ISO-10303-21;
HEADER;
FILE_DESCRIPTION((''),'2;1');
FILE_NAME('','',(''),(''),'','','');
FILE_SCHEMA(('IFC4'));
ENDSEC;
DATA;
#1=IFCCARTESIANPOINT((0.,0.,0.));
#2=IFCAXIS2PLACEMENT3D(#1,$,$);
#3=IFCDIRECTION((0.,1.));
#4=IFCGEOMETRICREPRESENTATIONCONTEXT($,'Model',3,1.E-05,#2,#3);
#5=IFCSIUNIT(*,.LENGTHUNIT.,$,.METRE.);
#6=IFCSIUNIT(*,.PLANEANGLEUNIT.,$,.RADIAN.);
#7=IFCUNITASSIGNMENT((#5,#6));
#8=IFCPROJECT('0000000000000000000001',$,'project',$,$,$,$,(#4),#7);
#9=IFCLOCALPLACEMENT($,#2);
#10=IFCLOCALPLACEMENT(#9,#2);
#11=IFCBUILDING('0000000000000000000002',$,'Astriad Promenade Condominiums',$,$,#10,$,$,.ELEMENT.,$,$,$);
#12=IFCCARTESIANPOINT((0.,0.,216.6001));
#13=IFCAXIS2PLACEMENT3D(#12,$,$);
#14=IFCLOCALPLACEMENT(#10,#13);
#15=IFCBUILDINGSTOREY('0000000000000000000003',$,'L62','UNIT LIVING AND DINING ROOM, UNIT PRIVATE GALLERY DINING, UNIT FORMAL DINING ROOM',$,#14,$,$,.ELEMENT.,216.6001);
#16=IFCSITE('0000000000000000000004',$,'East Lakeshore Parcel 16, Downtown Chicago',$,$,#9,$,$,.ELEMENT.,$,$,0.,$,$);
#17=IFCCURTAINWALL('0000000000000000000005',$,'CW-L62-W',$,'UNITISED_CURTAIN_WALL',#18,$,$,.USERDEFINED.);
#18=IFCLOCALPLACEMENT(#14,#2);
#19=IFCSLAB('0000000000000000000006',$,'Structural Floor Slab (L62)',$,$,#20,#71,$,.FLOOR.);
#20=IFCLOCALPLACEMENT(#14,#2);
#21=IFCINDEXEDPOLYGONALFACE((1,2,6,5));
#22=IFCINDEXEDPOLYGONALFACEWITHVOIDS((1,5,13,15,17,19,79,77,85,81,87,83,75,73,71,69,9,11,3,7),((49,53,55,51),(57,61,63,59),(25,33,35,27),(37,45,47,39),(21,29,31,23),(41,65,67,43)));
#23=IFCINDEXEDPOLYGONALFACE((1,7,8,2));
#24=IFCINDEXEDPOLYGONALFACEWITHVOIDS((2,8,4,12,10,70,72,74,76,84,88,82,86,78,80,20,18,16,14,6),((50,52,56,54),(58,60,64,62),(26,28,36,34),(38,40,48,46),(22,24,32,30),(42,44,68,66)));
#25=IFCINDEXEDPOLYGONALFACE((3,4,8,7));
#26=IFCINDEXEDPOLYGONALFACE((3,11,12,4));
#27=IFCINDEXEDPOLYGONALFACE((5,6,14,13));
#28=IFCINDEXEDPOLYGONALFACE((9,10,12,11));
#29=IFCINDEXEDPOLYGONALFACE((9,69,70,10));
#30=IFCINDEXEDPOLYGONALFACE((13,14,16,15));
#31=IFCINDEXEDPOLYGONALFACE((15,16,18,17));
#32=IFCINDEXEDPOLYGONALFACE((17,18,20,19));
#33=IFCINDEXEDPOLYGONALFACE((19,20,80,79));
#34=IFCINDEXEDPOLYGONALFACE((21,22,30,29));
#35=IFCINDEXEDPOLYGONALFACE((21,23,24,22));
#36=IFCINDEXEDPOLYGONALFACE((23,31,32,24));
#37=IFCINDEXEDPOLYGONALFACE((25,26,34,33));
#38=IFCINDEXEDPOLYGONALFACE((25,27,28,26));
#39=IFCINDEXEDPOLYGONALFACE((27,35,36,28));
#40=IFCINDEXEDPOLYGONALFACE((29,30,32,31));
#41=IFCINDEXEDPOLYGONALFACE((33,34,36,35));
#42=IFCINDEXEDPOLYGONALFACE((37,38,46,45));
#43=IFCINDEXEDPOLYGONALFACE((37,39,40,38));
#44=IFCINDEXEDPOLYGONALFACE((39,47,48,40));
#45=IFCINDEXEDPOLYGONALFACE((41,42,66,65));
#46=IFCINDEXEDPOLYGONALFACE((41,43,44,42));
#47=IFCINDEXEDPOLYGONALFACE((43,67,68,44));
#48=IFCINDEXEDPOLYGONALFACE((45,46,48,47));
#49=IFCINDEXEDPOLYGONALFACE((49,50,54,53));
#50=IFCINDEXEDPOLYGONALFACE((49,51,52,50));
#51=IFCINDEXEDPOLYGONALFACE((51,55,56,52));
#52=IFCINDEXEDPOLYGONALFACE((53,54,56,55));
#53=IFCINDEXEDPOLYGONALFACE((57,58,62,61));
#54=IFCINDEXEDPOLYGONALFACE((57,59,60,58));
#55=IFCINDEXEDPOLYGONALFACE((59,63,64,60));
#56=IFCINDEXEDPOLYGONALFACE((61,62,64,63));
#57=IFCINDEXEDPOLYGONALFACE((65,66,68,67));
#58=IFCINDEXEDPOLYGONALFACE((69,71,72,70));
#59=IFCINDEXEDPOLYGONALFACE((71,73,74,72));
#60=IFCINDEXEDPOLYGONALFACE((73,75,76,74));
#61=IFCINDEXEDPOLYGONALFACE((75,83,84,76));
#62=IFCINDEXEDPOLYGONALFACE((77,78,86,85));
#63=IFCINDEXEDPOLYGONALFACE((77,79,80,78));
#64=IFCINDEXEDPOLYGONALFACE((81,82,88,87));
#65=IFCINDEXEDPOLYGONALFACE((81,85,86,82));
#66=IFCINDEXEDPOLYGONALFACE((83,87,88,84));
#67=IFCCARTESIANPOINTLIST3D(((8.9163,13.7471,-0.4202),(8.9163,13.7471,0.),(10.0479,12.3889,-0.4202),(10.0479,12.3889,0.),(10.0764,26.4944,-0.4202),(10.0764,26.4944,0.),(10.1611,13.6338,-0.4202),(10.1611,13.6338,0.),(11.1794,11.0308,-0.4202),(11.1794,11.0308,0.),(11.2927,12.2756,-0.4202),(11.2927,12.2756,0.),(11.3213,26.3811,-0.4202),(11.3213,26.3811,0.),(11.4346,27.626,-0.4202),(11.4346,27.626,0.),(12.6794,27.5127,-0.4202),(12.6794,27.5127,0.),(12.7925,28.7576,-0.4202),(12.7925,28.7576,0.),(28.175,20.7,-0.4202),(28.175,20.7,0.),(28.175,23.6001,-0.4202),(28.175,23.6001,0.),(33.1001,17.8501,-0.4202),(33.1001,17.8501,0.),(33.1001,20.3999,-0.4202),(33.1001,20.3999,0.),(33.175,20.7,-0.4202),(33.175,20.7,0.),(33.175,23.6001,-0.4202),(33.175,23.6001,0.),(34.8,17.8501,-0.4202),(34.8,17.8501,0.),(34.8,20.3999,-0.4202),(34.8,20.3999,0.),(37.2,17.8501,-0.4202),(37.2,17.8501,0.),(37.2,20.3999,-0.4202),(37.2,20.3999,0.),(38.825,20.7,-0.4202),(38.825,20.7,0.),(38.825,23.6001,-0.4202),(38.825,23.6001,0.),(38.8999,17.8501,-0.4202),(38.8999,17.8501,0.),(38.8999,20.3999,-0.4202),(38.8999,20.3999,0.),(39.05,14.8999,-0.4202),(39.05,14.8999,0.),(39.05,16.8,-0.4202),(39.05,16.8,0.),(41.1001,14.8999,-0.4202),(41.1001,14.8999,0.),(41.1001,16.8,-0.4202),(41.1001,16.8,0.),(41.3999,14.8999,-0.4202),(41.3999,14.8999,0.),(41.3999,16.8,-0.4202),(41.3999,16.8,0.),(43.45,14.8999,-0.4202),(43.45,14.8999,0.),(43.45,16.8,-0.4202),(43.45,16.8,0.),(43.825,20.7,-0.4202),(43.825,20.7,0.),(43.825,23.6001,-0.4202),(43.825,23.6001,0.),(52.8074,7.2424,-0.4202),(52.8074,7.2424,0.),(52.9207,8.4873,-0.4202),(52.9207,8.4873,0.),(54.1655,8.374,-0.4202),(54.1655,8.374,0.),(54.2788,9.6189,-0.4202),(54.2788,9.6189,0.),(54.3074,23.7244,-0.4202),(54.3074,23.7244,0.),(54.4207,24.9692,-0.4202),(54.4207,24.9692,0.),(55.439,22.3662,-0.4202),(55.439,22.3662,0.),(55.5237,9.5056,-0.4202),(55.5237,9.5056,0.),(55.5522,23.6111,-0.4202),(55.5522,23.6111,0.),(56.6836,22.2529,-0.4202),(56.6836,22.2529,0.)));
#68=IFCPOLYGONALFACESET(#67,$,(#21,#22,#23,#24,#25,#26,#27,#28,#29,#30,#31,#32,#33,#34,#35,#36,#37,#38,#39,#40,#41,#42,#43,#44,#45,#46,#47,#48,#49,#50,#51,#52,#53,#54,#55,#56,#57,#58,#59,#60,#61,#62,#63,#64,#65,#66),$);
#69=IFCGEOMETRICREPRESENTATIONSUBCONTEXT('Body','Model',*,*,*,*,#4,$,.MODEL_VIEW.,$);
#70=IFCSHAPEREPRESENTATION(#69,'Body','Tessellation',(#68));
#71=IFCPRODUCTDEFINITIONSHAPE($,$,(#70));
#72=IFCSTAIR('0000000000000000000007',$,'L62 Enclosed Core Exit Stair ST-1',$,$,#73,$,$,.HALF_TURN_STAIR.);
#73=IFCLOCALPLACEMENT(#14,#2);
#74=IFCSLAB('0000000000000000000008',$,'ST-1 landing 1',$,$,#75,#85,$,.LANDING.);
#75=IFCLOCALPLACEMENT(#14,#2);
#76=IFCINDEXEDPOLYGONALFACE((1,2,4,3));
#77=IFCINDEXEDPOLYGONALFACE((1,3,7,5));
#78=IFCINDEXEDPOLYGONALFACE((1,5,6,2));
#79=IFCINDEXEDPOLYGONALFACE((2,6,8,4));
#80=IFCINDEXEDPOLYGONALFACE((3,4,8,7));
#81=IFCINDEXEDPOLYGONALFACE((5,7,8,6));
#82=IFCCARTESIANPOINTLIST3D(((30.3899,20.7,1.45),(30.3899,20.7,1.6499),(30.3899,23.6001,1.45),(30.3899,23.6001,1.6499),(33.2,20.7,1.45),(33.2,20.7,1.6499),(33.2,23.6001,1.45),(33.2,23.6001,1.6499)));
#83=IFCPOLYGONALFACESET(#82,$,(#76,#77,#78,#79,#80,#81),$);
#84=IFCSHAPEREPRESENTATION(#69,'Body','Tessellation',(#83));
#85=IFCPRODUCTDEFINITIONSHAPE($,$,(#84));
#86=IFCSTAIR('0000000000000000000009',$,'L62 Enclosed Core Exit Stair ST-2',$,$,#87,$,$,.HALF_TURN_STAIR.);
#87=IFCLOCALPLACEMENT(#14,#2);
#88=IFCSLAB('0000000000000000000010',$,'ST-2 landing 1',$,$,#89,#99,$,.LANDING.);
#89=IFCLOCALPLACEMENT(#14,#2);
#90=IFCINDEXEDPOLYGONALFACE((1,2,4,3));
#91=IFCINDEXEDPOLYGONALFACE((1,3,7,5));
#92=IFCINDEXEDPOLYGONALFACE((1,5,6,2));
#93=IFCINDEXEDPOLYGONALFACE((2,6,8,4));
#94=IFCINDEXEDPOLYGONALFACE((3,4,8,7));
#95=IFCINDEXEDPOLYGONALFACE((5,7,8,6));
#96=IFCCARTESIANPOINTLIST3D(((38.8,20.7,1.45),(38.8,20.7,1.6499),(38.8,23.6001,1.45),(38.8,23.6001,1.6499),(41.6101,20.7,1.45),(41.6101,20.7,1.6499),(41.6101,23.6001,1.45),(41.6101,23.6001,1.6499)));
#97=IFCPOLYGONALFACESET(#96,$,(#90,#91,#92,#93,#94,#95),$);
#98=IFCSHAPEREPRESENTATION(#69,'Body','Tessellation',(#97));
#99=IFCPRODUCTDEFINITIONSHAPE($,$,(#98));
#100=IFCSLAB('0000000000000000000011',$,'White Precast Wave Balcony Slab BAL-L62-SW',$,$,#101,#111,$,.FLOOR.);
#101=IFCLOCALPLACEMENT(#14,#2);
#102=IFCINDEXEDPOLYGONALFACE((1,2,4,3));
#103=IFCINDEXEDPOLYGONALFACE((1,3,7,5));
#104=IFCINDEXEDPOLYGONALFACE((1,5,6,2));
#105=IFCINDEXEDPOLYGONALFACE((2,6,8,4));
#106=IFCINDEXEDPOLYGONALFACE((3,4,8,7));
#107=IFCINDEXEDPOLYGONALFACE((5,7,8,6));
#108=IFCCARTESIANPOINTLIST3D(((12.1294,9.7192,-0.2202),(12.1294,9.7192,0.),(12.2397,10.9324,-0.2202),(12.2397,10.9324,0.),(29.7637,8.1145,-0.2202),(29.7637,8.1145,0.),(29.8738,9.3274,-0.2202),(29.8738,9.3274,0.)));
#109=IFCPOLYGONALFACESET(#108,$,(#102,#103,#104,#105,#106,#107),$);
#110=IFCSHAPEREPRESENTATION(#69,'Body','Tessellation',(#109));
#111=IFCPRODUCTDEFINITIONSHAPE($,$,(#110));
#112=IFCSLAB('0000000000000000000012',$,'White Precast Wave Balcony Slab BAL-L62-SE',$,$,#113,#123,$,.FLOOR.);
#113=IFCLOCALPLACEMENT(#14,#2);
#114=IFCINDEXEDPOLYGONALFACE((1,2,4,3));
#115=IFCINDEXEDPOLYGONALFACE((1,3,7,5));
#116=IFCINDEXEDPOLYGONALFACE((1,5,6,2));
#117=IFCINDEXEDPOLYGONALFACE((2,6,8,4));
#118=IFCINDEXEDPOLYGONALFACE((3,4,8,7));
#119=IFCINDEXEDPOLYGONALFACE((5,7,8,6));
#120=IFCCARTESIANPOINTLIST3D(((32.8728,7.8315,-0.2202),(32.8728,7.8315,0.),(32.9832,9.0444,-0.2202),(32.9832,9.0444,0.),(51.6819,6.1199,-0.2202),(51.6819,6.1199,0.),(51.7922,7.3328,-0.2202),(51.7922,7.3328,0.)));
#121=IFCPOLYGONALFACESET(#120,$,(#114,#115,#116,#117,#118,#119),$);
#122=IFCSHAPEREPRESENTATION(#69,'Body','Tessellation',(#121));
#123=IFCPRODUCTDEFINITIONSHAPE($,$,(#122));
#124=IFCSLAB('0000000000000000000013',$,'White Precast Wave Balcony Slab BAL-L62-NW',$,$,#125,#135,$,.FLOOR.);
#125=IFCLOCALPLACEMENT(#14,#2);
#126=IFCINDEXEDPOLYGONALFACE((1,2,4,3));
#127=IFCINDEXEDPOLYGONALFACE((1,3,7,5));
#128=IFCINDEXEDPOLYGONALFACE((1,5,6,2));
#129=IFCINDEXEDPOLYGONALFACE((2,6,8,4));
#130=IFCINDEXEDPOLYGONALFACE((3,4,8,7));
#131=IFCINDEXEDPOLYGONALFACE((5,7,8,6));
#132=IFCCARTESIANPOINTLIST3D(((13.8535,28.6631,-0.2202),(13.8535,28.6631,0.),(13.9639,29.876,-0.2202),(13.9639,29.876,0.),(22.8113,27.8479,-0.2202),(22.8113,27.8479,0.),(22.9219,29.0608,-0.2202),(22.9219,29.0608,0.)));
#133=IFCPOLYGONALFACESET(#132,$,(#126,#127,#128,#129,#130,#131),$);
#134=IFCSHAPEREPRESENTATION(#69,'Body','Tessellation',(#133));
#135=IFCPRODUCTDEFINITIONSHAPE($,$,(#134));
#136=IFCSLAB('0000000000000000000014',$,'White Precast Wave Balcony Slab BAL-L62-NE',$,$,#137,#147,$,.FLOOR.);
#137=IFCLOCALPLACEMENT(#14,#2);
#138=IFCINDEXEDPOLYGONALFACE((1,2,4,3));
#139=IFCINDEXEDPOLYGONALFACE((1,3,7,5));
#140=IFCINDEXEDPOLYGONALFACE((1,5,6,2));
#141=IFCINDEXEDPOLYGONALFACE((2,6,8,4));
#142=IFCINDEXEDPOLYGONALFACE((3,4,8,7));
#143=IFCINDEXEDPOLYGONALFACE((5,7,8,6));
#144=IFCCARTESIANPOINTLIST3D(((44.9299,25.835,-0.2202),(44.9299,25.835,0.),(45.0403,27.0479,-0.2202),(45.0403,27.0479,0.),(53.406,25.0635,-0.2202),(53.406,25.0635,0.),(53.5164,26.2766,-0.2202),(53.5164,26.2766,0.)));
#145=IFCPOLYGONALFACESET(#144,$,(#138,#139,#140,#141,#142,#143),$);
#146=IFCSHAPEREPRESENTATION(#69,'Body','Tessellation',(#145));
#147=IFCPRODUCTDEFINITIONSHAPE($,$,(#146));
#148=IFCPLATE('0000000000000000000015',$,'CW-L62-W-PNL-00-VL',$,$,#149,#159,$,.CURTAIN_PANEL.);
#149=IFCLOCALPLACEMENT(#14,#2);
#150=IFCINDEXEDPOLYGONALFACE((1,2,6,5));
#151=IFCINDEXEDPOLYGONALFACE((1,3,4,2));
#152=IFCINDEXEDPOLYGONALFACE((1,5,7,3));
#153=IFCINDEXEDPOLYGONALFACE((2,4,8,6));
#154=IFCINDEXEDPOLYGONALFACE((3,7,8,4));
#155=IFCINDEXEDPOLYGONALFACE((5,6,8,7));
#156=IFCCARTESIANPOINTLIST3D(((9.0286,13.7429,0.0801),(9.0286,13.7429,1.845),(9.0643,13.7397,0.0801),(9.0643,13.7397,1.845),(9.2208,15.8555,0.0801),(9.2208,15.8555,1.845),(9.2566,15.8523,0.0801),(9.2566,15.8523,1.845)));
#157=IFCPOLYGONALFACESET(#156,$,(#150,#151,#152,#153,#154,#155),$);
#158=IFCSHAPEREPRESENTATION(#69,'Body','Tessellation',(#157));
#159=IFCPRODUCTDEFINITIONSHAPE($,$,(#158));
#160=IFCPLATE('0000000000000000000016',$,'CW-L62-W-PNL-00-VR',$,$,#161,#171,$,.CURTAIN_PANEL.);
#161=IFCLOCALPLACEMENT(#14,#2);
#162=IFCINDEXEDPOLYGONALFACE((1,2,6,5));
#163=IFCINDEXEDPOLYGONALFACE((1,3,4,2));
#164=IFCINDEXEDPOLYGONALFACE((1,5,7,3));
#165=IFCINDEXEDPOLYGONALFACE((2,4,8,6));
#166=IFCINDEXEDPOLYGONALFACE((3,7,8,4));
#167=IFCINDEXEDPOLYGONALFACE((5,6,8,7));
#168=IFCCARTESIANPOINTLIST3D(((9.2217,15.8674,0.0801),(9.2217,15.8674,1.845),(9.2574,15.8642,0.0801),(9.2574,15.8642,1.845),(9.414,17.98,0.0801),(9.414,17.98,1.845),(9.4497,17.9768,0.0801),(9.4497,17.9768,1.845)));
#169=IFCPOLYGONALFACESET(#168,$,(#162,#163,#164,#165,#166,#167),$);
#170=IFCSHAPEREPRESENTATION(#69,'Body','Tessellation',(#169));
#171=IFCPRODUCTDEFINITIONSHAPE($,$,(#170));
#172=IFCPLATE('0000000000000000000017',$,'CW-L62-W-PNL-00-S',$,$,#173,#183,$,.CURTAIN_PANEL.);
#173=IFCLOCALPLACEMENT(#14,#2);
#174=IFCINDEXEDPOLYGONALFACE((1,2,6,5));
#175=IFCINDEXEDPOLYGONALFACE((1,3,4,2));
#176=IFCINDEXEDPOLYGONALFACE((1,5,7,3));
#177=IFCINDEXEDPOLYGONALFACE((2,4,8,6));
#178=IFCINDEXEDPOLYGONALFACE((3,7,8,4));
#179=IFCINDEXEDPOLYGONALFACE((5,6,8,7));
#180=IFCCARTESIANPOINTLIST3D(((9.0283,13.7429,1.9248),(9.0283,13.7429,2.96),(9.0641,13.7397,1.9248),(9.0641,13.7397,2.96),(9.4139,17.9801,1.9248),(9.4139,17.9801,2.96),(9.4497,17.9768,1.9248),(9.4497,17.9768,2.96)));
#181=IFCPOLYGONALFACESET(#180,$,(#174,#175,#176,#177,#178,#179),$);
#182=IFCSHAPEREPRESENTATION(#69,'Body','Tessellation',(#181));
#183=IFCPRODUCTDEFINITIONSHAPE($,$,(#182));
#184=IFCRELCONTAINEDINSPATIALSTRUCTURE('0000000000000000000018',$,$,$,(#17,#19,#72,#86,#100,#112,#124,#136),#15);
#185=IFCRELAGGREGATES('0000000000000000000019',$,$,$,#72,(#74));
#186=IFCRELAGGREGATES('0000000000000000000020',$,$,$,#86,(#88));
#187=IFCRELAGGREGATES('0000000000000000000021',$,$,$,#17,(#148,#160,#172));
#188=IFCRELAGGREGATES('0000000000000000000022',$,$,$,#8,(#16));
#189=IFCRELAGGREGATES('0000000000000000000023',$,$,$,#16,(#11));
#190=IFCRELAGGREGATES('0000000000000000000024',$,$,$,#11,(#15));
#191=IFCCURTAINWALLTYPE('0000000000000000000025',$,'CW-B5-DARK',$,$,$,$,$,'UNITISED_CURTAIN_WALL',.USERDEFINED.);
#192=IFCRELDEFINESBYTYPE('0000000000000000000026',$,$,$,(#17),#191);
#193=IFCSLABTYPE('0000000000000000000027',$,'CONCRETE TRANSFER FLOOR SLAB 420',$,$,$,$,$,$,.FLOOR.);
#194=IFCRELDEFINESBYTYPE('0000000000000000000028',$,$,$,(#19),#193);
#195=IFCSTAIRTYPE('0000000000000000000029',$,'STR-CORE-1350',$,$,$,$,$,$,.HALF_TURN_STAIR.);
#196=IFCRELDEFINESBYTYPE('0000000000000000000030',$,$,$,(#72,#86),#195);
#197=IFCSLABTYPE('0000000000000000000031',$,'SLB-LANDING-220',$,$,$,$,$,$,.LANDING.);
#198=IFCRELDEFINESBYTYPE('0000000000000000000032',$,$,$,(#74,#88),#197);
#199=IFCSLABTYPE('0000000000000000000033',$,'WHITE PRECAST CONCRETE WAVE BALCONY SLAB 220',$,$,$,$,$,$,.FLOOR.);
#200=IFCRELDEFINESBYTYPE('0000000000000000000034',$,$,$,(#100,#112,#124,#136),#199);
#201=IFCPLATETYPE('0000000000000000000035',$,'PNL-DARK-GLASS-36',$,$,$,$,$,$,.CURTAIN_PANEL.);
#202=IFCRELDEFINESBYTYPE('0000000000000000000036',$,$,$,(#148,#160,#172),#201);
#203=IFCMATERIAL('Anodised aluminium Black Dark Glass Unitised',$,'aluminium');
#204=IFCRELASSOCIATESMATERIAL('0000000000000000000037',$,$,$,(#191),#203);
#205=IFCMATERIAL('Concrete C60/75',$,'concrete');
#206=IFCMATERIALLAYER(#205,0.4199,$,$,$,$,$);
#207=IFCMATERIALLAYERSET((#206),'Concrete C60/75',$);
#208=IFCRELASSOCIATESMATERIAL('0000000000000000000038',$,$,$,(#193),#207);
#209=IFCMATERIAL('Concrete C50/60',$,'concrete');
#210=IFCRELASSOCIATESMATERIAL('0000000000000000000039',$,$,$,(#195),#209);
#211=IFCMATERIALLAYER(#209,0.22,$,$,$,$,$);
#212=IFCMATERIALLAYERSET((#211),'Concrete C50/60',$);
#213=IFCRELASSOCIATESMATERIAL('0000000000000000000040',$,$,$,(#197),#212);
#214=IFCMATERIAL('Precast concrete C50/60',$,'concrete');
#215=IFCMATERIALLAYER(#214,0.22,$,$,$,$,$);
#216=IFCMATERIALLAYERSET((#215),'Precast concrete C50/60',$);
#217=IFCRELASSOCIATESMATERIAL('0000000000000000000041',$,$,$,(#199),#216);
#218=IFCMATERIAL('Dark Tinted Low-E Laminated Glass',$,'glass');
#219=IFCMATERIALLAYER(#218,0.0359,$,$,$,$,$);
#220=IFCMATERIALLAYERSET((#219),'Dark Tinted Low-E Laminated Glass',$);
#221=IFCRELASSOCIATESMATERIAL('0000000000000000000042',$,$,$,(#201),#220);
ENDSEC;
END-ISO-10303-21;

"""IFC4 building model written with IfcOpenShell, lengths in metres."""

from ifc_helpers import new_model, si_unit, direction, frame, origin, origin_2d, place, context, subcontext, project, spatial, polyline, rectangle, outline, extrude, source, transform, mapped, material, layer, layer_set, type_object, type_shapes, element, aggregate, save


model = new_model("IFC4")

# Units and contexts
model_context = context("Model", 3, precision=1e-05, world=origin(), true_north=direction((0.0, 1.0)))
body_context = subcontext(model_context, "Body", "Model", "MODEL_VIEW")
ifc_project = project(units=[si_unit("LENGTHUNIT", "METRE"), si_unit("PLANEANGLEUNIT", "RADIAN")], contexts=[model_context])

# Site, building, storey
site_placement = place(None, origin())
site = spatial("IfcSite", under=ifc_project, at=site_placement, Name="East Lakeshore Parcel 16, Downtown Chicago", CompositionType="ELEMENT", RefElevation=0.0)
building_placement = place(site_placement, origin())
building = spatial("IfcBuilding", under=site, at=building_placement, Name="Astriad Promenade Condominiums", CompositionType="ELEMENT")
storey_placement = place(building_placement, frame((0.0, 0.0, 216.6001)))
storey = spatial("IfcBuildingStorey", under=building, at=storey_placement, Name="L62", Description="UNIT LIVING AND DINING ROOM, UNIT PRIVATE GALLERY DINING, UNIT FORMAL DINING ROOM", CompositionType="ELEMENT", Elevation=216.6001)

# Shared definitions
ifc_material_1 = material(Name="Concrete C50/60", Category="concrete")

# Curtain wall
ifc_material_2 = material(Name="Anodised aluminium Black Dark Glass Unitised", Category="aluminium")
curtain_wall_type = type_object("IfcCurtainWallType", Name="CW-B5-DARK", ElementType="UNITISED_CURTAIN_WALL", PredefinedType="USERDEFINED", material=ifc_material_2)
curtain_wall_placement = place(storey_placement, origin())
curtain_wall = element("IfcCurtainWall", 1, at=curtain_wall_placement, inside=storey, type_object=curtain_wall_type, Name="CW-L62-W", ObjectType="UNITISED_CURTAIN_WALL", PredefinedType="USERDEFINED")

# Slab
ifc_material_3 = material(Name="Concrete C60/75", Category="concrete")
ifc_layer_1 = layer(ifc_material_3, 0.4199)
ifc_layer_set_1 = layer_set([ifc_layer_1], Name="Concrete C60/75")
slab_type_1 = type_object("IfcSlabType", Name="CONCRETE TRANSFER FLOOR SLAB 420", PredefinedType="FLOOR", material=ifc_layer_set_1)
slab_1_placement = place(storey_placement, frame((0.0, 0.0, -0.4202)))
element("IfcSlab", 2, at=slab_1_placement, inside=storey, type_object=slab_type_1, Name="Structural Floor Slab (L62)", PredefinedType="FLOOR", context=body_context, shape_type="SweptSolid", body=[
    extrude(outline(polyline([(11.1794, 11.0308), (52.8074, 7.2424), (52.9207, 8.4873), (54.1655, 8.374), (54.2788, 9.6189), (55.5237, 9.5056), (56.6836, 22.2529), (55.439, 22.3662), (55.5522, 23.6111), (54.3074, 23.7244), (54.4207, 24.9692), (12.7925, 28.7576), (12.6794, 27.5127), (11.4346, 27.626), (11.3213, 26.3811), (10.0764, 26.4944), (8.9163, 13.7471), (10.1611, 13.6338), (10.0479, 12.3889), (11.2927, 12.2756), (11.1794, 11.0308)]), holes=[polyline([(28.175, 20.7), (33.175, 20.7), (33.175, 23.6001), (28.175, 23.6001), (28.175, 20.7)]), polyline([(38.825, 20.7), (43.825, 20.7), (43.825, 23.6001), (38.825, 23.6001), (38.825, 20.7)]), polyline([(33.1001, 17.8501), (34.8, 17.8501), (34.8, 20.3999), (33.1001, 20.3999), (33.1001, 17.8501)]), polyline([(37.2, 17.8501), (38.8999, 17.8501), (38.8999, 20.3999), (37.2, 20.3999), (37.2, 17.8501)]), polyline([(39.05, 14.8999), (41.1001, 14.8999), (41.1001, 16.8), (39.05, 16.8), (39.05, 14.8999)]), polyline([(41.3999, 14.8999), (43.45, 14.8999), (43.45, 16.8), (41.3999, 16.8), (41.3999, 14.8999)])]), origin(), (0.0, 0.0, 1.0), 0.4202),
])

# Stairs, slabs
stair_type = type_object("IfcStairType", Name="STR-CORE-1350", PredefinedType="HALF_TURN_STAIR", material=ifc_material_1)
stair_1_placement = place(storey_placement, origin())
stair_1 = element("IfcStair", 3, at=stair_1_placement, inside=storey, type_object=stair_type, Name="L62 Enclosed Core Exit Stair ST-1", PredefinedType="HALF_TURN_STAIR")
ifc_layer_2 = layer(ifc_material_1, 0.22)
ifc_layer_set_2 = layer_set([ifc_layer_2], Name="Concrete C50/60")
slab_type_2 = type_object("IfcSlabType", Name="SLB-LANDING-220", PredefinedType="LANDING", material=ifc_layer_set_2)
slab_2_placement = place(storey_placement, frame((0.0, 0.0, 1.45)))
slab_2 = element("IfcSlab", 4, at=slab_2_placement, type_object=slab_type_2, Name="ST-1 landing 1", PredefinedType="LANDING", context=body_context, shape_type="SweptSolid", body=[
    extrude(outline(polyline([(30.3899, 20.7), (33.2, 20.7), (33.2, 23.6001), (30.3899, 23.6001), (30.3899, 20.7)])), origin(), (0.0, 0.0, 1.0), 0.2),
])
aggregate(stair_1, [slab_2])
stair_2_placement = place(storey_placement, origin())
stair_2 = element("IfcStair", 5, at=stair_2_placement, inside=storey, type_object=stair_type, Name="L62 Enclosed Core Exit Stair ST-2", PredefinedType="HALF_TURN_STAIR")
slab_3_placement = place(storey_placement, frame((0.0, 0.0, 1.45)))
slab_3 = element("IfcSlab", 6, at=slab_3_placement, type_object=slab_type_2, Name="ST-2 landing 1", PredefinedType="LANDING", context=body_context, shape_type="SweptSolid", body=[
    extrude(outline(polyline([(41.6101, 23.6001), (38.8, 23.6001), (38.8, 20.7), (41.6101, 20.7), (41.6101, 23.6001)])), origin(), (0.0, 0.0, 1.0), 0.2),
])
aggregate(stair_2, [slab_3])

# Slabs
ifc_material_4 = material(Name="Precast concrete C50/60", Category="concrete")
ifc_layer_3 = layer(ifc_material_4, 0.22)
ifc_layer_set_3 = layer_set([ifc_layer_3], Name="Precast concrete C50/60")
slab_type_3 = type_object("IfcSlabType", Name="WHITE PRECAST CONCRETE WAVE BALCONY SLAB 220", PredefinedType="FLOOR", material=ifc_layer_set_3)
slab_4_placement = place(storey_placement, frame((0.0, 0.0, -0.2202)))
element("IfcSlab", 7, at=slab_4_placement, inside=storey, type_object=slab_type_3, Name="White Precast Wave Balcony Slab BAL-L62-SW", PredefinedType="FLOOR", context=body_context, shape_type="SweptSolid", body=[
    extrude(outline(polyline([(29.7637, 8.1145), (12.1294, 9.7192), (12.2397, 10.9324), (29.8738, 9.3274), (29.7637, 8.1145)])), origin(), (0.0, 0.0, 1.0), 0.2202),
])
slab_5_placement = place(storey_placement, frame((0.0, 0.0, -0.2202)))
element("IfcSlab", 8, at=slab_5_placement, inside=storey, type_object=slab_type_3, Name="White Precast Wave Balcony Slab BAL-L62-SE", PredefinedType="FLOOR", context=body_context, shape_type="SweptSolid", body=[
    extrude(outline(polyline([(51.6819, 6.1199), (32.8728, 7.8315), (32.9832, 9.0444), (51.7922, 7.3328), (51.6819, 6.1199)])), origin(), (0.0, 0.0, 1.0), 0.2202),
])
slab_6_placement = place(storey_placement, frame((0.0, 0.0, -0.2202)))
element("IfcSlab", 9, at=slab_6_placement, inside=storey, type_object=slab_type_3, Name="White Precast Wave Balcony Slab BAL-L62-NW", PredefinedType="FLOOR", context=body_context, shape_type="SweptSolid", body=[
    extrude(outline(polyline([(13.9639, 29.876), (22.9219, 29.0608), (22.8113, 27.8479), (13.8535, 28.6631), (13.9639, 29.876)])), origin(), (0.0, 0.0, 1.0), 0.2202),
])
slab_7_placement = place(storey_placement, frame((0.0, 0.0, -0.2202)))
element("IfcSlab", 10, at=slab_7_placement, inside=storey, type_object=slab_type_3, Name="White Precast Wave Balcony Slab BAL-L62-NE", PredefinedType="FLOOR", context=body_context, shape_type="SweptSolid", body=[
    extrude(outline(polyline([(45.0403, 27.0479), (53.5164, 26.2766), (53.406, 25.0635), (44.9299, 25.835), (45.0403, 27.0479)])), origin(), (0.0, 0.0, 1.0), 0.2202),
])

# Plates
ifc_material_5 = material(Name="Dark Tinted Low-E Laminated Glass", Category="glass")
ifc_layer_4 = layer(ifc_material_5, 0.0359)
ifc_layer_set_4 = layer_set([ifc_layer_4], Name="Dark Tinted Low-E Laminated Glass")
plate_type = type_object("IfcPlateType", Name="PNL-DARK-GLASS-36", PredefinedType="CURTAIN_PANEL", material=ifc_layer_set_4)
shared_shape_1 = source(origin(), body_context, "Body", "SweptSolid", [
    extrude(rectangle(XDim=2.1213, YDim=0.0359, at=origin_2d()), origin(), (0.0, 0.0, 1.0), 1.7649),
])
plate_1_placement = place(storey_placement, frame((9.1426, 14.7976, 0.0801), z_axis=(0.0, 0.0, 1.0), x_axis=(0.090633, 0.995884, 0.0)))
plate_1 = element("IfcPlate", 11, at=plate_1_placement, type_object=plate_type, Name="CW-L62-W-PNL-00-VL", PredefinedType="CURTAIN_PANEL", context=body_context, shape_type="MappedRepresentation", body=[
    mapped(shared_shape_1, transform((0.0, 0.0, 0.0), scale=1.0)),
])
plate_2_placement = place(storey_placement, frame((9.3357, 16.9221, 0.0801), z_axis=(0.0, 0.0, 1.0), x_axis=(0.090633, 0.995884, 0.0)))
plate_2 = element("IfcPlate", 12, at=plate_2_placement, type_object=plate_type, Name="CW-L62-W-PNL-00-VR", PredefinedType="CURTAIN_PANEL", context=body_context, shape_type="MappedRepresentation", body=[
    mapped(shared_shape_1, transform((0.0, 0.0, 0.0), scale=1.0)),
])
shared_shape_2 = source(origin(), body_context, "Body", "SweptSolid", [
    extrude(rectangle(XDim=4.2546, YDim=0.0359, at=origin_2d()), origin(), (0.0, 0.0, 1.0), 1.0352),
])
type_shapes(plate_type, [shared_shape_1, shared_shape_2])
plate_3_placement = place(storey_placement, frame((9.239, 15.8599, 1.9248), z_axis=(0.0, 0.0, 1.0), x_axis=(0.090633, 0.995884, 0.0)))
plate_3 = element("IfcPlate", 13, at=plate_3_placement, type_object=plate_type, Name="CW-L62-W-PNL-00-S", PredefinedType="CURTAIN_PANEL", context=body_context, shape_type="MappedRepresentation", body=[
    mapped(shared_shape_2, transform((0.0, 0.0, 0.0), scale=1.0)),
])
aggregate(curtain_wall, [plate_1, plate_2, plate_3])

save(model, "model.ifc")
